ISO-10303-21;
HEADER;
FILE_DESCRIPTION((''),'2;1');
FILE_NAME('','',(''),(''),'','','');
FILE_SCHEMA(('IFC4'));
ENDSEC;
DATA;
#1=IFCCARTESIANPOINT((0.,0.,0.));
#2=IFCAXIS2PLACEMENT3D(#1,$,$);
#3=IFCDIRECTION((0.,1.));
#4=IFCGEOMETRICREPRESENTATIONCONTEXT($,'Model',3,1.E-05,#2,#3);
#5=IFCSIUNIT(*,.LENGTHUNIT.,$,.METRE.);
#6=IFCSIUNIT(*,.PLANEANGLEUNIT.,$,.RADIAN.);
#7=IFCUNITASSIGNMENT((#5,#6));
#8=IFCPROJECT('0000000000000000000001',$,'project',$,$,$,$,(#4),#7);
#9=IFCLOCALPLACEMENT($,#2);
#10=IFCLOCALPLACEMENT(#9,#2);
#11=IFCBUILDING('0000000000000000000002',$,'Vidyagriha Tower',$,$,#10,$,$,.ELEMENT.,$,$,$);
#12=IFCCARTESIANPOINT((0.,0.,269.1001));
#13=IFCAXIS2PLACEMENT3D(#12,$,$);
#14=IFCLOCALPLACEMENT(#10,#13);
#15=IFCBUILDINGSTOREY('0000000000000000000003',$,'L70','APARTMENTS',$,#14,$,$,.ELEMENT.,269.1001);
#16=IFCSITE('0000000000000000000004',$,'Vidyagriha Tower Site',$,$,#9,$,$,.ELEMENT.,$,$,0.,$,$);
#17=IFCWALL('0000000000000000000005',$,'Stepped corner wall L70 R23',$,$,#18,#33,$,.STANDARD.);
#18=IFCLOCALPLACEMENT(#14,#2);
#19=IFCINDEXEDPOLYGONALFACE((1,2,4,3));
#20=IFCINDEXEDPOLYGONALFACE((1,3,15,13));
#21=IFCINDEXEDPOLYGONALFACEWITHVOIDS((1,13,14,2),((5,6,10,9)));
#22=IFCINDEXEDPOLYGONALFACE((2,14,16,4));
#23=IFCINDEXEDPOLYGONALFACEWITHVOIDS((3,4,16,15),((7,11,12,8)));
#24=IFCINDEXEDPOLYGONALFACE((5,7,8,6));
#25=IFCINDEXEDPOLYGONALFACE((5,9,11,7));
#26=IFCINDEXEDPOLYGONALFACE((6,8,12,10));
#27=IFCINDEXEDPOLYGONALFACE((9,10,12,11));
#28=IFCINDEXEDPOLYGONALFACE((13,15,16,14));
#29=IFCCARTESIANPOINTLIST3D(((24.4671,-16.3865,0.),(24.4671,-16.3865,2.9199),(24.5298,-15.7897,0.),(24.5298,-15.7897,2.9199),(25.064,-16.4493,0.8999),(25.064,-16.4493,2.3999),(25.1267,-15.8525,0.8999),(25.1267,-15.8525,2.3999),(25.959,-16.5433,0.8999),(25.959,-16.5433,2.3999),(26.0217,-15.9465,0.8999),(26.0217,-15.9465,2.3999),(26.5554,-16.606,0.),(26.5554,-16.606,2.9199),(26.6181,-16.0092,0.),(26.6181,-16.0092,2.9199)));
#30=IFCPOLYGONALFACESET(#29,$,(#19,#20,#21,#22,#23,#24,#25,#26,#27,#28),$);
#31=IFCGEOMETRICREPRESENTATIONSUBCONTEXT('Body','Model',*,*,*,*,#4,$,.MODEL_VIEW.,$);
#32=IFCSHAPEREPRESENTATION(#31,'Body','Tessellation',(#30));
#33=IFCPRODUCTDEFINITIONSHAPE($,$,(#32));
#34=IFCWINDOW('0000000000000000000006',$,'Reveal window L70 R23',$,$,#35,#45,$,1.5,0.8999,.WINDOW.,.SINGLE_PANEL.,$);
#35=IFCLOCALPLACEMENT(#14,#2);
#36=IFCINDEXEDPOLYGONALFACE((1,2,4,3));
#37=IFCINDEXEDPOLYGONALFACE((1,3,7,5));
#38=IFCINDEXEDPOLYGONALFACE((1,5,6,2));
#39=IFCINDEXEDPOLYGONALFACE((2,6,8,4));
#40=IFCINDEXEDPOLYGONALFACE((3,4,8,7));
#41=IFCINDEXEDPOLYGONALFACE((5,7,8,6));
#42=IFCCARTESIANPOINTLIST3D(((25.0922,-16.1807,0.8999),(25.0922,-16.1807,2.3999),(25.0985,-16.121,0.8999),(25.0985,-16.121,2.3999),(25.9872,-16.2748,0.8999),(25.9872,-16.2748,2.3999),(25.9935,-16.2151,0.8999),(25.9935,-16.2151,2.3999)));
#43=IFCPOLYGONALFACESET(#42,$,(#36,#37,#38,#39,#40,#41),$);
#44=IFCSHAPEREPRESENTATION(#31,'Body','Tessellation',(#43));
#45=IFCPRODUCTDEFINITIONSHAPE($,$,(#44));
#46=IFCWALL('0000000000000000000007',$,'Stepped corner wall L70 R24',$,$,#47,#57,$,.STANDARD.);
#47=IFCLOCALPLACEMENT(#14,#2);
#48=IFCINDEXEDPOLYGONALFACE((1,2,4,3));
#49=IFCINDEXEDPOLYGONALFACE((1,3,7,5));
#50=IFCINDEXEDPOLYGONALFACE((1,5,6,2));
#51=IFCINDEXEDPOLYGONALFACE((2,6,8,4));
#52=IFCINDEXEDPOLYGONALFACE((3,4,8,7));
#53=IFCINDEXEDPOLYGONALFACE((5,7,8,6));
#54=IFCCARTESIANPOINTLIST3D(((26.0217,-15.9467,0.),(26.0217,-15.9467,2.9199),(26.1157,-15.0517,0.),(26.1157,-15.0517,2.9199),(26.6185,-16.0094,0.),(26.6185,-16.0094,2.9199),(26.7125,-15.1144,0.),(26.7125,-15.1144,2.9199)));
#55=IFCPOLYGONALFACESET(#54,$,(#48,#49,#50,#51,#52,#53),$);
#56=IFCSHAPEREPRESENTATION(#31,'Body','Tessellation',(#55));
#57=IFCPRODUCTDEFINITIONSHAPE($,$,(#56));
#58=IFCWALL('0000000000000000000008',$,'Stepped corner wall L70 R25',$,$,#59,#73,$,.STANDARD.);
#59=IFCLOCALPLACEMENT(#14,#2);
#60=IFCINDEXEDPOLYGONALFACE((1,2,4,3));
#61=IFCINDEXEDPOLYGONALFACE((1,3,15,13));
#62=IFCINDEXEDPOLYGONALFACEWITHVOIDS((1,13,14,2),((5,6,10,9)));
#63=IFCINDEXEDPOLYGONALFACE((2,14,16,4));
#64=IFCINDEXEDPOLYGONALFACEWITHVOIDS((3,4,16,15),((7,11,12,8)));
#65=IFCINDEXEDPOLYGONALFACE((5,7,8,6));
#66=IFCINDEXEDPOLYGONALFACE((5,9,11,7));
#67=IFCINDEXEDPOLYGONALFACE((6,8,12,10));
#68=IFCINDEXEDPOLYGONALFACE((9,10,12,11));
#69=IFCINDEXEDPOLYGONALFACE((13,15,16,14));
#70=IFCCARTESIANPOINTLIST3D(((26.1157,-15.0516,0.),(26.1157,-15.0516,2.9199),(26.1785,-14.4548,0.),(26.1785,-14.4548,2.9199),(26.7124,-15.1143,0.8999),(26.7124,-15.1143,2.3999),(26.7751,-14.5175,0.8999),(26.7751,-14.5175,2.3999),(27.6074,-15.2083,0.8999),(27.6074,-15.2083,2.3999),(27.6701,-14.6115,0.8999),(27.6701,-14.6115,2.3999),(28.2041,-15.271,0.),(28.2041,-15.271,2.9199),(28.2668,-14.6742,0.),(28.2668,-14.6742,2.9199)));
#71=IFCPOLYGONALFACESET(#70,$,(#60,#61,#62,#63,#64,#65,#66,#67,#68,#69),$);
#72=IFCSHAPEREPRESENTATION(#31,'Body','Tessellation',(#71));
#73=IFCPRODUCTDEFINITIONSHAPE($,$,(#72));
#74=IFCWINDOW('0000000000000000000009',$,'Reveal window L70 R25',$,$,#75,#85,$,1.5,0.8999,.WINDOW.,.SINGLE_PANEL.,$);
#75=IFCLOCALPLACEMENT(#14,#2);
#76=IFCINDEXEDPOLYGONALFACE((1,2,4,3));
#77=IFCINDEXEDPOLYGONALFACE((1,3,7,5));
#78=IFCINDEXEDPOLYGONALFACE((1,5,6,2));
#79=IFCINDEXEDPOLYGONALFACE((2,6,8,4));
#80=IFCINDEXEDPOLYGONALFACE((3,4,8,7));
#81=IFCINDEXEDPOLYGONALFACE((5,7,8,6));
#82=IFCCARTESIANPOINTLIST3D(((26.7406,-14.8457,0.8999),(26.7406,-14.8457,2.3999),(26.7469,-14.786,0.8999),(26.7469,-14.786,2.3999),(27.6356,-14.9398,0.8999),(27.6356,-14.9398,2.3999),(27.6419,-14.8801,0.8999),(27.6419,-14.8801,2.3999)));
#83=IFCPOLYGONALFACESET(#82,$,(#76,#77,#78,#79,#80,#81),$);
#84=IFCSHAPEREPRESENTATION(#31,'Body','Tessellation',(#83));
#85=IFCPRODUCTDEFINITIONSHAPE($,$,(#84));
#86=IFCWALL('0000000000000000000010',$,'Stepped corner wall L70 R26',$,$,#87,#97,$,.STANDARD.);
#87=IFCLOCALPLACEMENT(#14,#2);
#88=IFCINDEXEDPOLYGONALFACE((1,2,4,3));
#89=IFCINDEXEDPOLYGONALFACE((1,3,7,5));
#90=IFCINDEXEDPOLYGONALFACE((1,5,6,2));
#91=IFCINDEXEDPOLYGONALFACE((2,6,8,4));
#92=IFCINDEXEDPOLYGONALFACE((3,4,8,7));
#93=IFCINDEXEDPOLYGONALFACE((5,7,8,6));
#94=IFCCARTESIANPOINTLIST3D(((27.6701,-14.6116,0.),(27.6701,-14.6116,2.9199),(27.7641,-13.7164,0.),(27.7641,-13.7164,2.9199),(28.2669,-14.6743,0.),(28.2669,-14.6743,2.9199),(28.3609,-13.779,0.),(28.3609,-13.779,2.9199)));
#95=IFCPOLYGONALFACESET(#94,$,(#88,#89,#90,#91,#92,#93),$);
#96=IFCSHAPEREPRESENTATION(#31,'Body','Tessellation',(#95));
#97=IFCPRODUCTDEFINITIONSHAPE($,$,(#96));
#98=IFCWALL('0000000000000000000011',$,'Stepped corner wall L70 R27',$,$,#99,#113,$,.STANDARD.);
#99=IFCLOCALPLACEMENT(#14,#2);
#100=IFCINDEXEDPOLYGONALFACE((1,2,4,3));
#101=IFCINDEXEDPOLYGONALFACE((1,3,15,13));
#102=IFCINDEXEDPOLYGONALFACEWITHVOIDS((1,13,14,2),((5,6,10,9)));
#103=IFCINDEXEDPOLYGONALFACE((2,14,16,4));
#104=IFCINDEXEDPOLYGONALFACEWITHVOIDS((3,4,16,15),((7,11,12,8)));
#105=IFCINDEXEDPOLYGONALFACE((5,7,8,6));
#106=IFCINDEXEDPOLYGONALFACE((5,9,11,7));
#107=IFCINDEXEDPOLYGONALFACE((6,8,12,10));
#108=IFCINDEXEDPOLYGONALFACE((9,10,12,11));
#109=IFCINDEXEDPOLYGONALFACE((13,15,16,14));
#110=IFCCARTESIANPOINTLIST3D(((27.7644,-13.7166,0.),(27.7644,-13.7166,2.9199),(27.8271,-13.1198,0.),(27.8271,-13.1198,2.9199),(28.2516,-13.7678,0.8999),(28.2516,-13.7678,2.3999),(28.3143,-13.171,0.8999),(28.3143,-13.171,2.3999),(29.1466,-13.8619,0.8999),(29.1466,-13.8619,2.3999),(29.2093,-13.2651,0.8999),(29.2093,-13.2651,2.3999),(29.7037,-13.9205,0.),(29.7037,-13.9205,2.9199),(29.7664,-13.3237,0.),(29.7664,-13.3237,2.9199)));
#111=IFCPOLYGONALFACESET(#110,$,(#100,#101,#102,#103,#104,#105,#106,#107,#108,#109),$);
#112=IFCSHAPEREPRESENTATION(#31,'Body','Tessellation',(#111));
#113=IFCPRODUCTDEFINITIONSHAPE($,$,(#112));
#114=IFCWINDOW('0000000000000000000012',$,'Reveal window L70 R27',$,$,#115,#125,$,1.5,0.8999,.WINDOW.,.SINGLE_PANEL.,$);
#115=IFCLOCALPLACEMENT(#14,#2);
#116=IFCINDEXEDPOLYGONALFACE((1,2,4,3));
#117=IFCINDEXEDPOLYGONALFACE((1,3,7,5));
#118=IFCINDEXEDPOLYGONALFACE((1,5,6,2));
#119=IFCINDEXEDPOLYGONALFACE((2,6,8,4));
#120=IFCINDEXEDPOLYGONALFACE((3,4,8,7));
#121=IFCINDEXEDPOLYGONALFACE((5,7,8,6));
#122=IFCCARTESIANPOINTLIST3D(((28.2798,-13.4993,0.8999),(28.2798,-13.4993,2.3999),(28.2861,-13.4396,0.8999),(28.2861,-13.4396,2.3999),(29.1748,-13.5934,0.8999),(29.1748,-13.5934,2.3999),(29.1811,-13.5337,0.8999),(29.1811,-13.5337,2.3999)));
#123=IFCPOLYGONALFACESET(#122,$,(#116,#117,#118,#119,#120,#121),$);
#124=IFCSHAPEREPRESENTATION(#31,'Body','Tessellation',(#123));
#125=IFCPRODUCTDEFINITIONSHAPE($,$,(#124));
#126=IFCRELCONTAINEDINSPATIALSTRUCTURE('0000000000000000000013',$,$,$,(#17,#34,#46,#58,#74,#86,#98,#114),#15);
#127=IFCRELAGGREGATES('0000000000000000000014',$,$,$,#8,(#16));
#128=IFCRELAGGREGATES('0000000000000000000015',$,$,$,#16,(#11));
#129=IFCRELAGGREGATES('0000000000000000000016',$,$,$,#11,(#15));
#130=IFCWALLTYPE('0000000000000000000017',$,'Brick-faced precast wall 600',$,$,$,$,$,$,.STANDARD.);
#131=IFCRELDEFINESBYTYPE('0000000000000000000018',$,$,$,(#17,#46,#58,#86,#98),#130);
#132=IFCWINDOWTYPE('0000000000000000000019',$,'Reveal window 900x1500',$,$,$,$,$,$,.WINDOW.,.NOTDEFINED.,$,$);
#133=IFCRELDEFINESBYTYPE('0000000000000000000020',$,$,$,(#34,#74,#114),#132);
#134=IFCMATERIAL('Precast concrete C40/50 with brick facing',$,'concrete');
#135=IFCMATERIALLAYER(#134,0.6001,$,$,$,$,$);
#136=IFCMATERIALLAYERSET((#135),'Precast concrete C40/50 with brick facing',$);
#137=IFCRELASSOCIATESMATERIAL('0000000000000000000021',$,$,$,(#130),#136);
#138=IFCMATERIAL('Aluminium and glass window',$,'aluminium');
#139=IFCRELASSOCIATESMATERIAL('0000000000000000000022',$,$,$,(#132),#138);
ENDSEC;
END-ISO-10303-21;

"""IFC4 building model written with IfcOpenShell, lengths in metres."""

from ifc_helpers import new_model, si_unit, direction, frame, frame_2d, origin, place, context, subcontext, project, spatial, rectangle, extrude, material, layer, layer_set, type_object, element, fill, save


model = new_model("IFC4")

# Units and contexts
model_context = context("Model", 3, precision=1e-05, world=origin(), true_north=direction((0.0, 1.0)))
body_context = subcontext(model_context, "Body", "Model", "MODEL_VIEW")
ifc_project = project(units=[si_unit("LENGTHUNIT", "METRE"), si_unit("PLANEANGLEUNIT", "RADIAN")], contexts=[model_context])

# Site, building, storey
site_placement = place(None, origin())
site = spatial("IfcSite", under=ifc_project, at=site_placement, Name="Vidyagriha Tower Site", CompositionType="ELEMENT", RefElevation=0.0)
building_placement = place(site_placement, origin())
building = spatial("IfcBuilding", under=site, at=building_placement, Name="Vidyagriha Tower", CompositionType="ELEMENT")
storey_placement = place(building_placement, frame((0.0, 0.0, 269.1001)))
storey = spatial("IfcBuildingStorey", under=building, at=storey_placement, Name="L70", Description="APARTMENTS", CompositionType="ELEMENT", Elevation=269.1001)

# Shared definitions
ifc_material_1 = material(Name="Precast concrete C40/50 with brick facing", Category="concrete")
ifc_layer_1 = layer(ifc_material_1, 0.6001)
ifc_layer_set_1 = layer_set([ifc_layer_1], Name="Precast concrete C40/50 with brick facing")
wall_type_1 = type_object("IfcWallType", Name="Brick-faced precast wall 600", PredefinedType="STANDARD", material=ifc_layer_set_1)

# Wall, opening, window
wall_1_placement = place(storey_placement, frame((24.4985, -16.0881, 0.0), z_axis=(0.0, 0.0, 1.0), x_axis=(0.994523, -0.104521, 0.0)))
wall_1 = element("IfcWall", 1, at=wall_1_placement, inside=storey, type_object=wall_type_1, Name="Stepped corner wall L70 R23", PredefinedType="STANDARD", context=body_context, shape_type="SweptSolid", body=[
    extrude(rectangle(XDim=2.0999, YDim=0.6001, at=frame_2d((1.0498, 0.0))), origin(), (0.0, 0.0, 1.0), 2.9199),
])
opening_1_placement = place(wall_1_placement, frame((0.6001, 0.0, 0.8999)))
opening_1 = element("IfcOpeningElement", 2, at=opening_1_placement, cuts=wall_1, PredefinedType="OPENING", context=body_context, shape_type="SweptSolid", body=[
    extrude(rectangle(XDim=0.8999, YDim=1.5, at=frame_2d((0.45, 0.75))), frame((0.0, 0.3101, 0.0), z_axis=(0.0, -1.0, 0.0), x_axis=(1.0, 0.0, 0.0)), (0.0, 0.0, 1.0), 0.6201),
])
ifc_material_2 = material(Name="Aluminium and glass window", Category="aluminium")
window_type = type_object("IfcWindowType", Name="Reveal window 900x1500", PartitioningType="NOTDEFINED", PredefinedType="WINDOW", material=ifc_material_2)
window_1_placement = place(opening_1_placement, origin())
window_1 = element("IfcWindow", 3, at=window_1_placement, inside=storey, type_object=window_type, Name="Reveal window L70 R23", OverallHeight=1.5, OverallWidth=0.8999, PartitioningType="SINGLE_PANEL", PredefinedType="WINDOW", context=body_context, shape_type="SweptSolid", body=[
    extrude(rectangle(XDim=0.8999, YDim=1.5, at=frame_2d((0.45, 0.75))), frame((0.0, 0.03, 0.0), z_axis=(0.0, -1.0, 0.0), x_axis=(1.0, 0.0, 0.0)), (0.0, 0.0, 1.0), 0.0601),
])
fill(opening_1, window_1)

# Wall
wall_2_placement = place(storey_placement, frame((26.3201, -15.978, 0.0), z_axis=(0.0, 0.0, 1.0), x_axis=(0.104445, 0.994531, 0.0)))
element("IfcWall", 4, at=wall_2_placement, inside=storey, type_object=wall_type_1, Name="Stepped corner wall L70 R24", PredefinedType="STANDARD", context=body_context, shape_type="SweptSolid", body=[
    extrude(rectangle(XDim=0.8999, YDim=0.6001, at=frame_2d((0.45, 0.0))), origin(), (0.0, 0.0, 1.0), 2.9199),
])

# Wall, opening, window
wall_3_placement = place(storey_placement, frame((26.1472, -14.7532, 0.0), z_axis=(0.0, 0.0, 1.0), x_axis=(0.994523, -0.104521, 0.0)))
wall_3 = element("IfcWall", 5, at=wall_3_placement, inside=storey, type_object=wall_type_1, Name="Stepped corner wall L70 R25", PredefinedType="STANDARD", context=body_context, shape_type="SweptSolid", body=[
    extrude(rectangle(XDim=2.0999, YDim=0.6001, at=frame_2d((1.0498, 0.0))), origin(), (0.0, 0.0, 1.0), 2.9199),
])
opening_2_placement = place(wall_3_placement, frame((0.5999, 0.0, 0.8999)))
opening_2 = element("IfcOpeningElement", 6, at=opening_2_placement, cuts=wall_3, PredefinedType="OPENING", context=body_context, shape_type="SweptSolid", body=[
    extrude(rectangle(XDim=0.8999, YDim=1.5, at=frame_2d((0.45, 0.75))), frame((0.0, 0.3101, 0.0), z_axis=(0.0, -1.0, 0.0), x_axis=(1.0, 0.0, 0.0)), (0.0, 0.0, 1.0), 0.6201),
])
window_2_placement = place(opening_2_placement, origin())
window_2 = element("IfcWindow", 7, at=window_2_placement, inside=storey, type_object=window_type, Name="Reveal window L70 R25", OverallHeight=1.5, OverallWidth=0.8999, PartitioningType="SINGLE_PANEL", PredefinedType="WINDOW", context=body_context, shape_type="SweptSolid", body=[
    extrude(rectangle(XDim=0.8999, YDim=1.5, at=frame_2d((0.45, 0.75))), frame((0.0, 0.03, 0.0), z_axis=(0.0, -1.0, 0.0), x_axis=(1.0, 0.0, 0.0)), (0.0, 0.0, 1.0), 0.0601),
])
fill(opening_2, window_2)

# Wall
wall_4_placement = place(storey_placement, frame((27.9685, -14.6431, 0.0), z_axis=(0.0, 0.0, 1.0), x_axis=(0.104417, 0.994534, 0.0)))
element("IfcWall", 8, at=wall_4_placement, inside=storey, type_object=wall_type_1, Name="Stepped corner wall L70 R26", PredefinedType="STANDARD", context=body_context, shape_type="SweptSolid", body=[
    extrude(rectangle(XDim=0.9001, YDim=0.6001, at=frame_2d((0.4502, 0.0))), origin(), (0.0, 0.0, 1.0), 2.9199),
])

# Wall, opening, window
wall_5_placement = place(storey_placement, frame((27.7957, -13.4182, 0.0), z_axis=(0.0, 0.0, 1.0), x_axis=(0.99452, -0.104548, 0.0)))
wall_5 = element("IfcWall", 9, at=wall_5_placement, inside=storey, type_object=wall_type_1, Name="Stepped corner wall L70 R27", PredefinedType="STANDARD", context=body_context, shape_type="SweptSolid", body=[
    extrude(rectangle(XDim=1.95, YDim=0.6001, at=frame_2d((0.9751, 0.0))), origin(), (0.0, 0.0, 1.0), 2.9199),
])
opening_3_placement = place(wall_5_placement, frame((0.49, 0.0, 0.8999)))
opening_3 = element("IfcOpeningElement", 10, at=opening_3_placement, cuts=wall_5, PredefinedType="OPENING", context=body_context, shape_type="SweptSolid", body=[
    extrude(rectangle(XDim=0.8999, YDim=1.5, at=frame_2d((0.45, 0.75))), frame((0.0, 0.3101, 0.0), z_axis=(0.0, -1.0, 0.0), x_axis=(1.0, 0.0, 0.0)), (0.0, 0.0, 1.0), 0.6201),
])
window_3_placement = place(opening_3_placement, origin())
window_3 = element("IfcWindow", 11, at=window_3_placement, inside=storey, type_object=window_type, Name="Reveal window L70 R27", OverallHeight=1.5, OverallWidth=0.8999, PartitioningType="SINGLE_PANEL", PredefinedType="WINDOW", context=body_context, shape_type="SweptSolid", body=[
    extrude(rectangle(XDim=0.8999, YDim=1.5, at=frame_2d((0.45, 0.75))), frame((0.0, 0.03, 0.0), z_axis=(0.0, -1.0, 0.0), x_axis=(1.0, 0.0, 0.0)), (0.0, 0.0, 1.0), 0.0601),
])
fill(opening_3, window_3)

save(model, "model.ifc")
